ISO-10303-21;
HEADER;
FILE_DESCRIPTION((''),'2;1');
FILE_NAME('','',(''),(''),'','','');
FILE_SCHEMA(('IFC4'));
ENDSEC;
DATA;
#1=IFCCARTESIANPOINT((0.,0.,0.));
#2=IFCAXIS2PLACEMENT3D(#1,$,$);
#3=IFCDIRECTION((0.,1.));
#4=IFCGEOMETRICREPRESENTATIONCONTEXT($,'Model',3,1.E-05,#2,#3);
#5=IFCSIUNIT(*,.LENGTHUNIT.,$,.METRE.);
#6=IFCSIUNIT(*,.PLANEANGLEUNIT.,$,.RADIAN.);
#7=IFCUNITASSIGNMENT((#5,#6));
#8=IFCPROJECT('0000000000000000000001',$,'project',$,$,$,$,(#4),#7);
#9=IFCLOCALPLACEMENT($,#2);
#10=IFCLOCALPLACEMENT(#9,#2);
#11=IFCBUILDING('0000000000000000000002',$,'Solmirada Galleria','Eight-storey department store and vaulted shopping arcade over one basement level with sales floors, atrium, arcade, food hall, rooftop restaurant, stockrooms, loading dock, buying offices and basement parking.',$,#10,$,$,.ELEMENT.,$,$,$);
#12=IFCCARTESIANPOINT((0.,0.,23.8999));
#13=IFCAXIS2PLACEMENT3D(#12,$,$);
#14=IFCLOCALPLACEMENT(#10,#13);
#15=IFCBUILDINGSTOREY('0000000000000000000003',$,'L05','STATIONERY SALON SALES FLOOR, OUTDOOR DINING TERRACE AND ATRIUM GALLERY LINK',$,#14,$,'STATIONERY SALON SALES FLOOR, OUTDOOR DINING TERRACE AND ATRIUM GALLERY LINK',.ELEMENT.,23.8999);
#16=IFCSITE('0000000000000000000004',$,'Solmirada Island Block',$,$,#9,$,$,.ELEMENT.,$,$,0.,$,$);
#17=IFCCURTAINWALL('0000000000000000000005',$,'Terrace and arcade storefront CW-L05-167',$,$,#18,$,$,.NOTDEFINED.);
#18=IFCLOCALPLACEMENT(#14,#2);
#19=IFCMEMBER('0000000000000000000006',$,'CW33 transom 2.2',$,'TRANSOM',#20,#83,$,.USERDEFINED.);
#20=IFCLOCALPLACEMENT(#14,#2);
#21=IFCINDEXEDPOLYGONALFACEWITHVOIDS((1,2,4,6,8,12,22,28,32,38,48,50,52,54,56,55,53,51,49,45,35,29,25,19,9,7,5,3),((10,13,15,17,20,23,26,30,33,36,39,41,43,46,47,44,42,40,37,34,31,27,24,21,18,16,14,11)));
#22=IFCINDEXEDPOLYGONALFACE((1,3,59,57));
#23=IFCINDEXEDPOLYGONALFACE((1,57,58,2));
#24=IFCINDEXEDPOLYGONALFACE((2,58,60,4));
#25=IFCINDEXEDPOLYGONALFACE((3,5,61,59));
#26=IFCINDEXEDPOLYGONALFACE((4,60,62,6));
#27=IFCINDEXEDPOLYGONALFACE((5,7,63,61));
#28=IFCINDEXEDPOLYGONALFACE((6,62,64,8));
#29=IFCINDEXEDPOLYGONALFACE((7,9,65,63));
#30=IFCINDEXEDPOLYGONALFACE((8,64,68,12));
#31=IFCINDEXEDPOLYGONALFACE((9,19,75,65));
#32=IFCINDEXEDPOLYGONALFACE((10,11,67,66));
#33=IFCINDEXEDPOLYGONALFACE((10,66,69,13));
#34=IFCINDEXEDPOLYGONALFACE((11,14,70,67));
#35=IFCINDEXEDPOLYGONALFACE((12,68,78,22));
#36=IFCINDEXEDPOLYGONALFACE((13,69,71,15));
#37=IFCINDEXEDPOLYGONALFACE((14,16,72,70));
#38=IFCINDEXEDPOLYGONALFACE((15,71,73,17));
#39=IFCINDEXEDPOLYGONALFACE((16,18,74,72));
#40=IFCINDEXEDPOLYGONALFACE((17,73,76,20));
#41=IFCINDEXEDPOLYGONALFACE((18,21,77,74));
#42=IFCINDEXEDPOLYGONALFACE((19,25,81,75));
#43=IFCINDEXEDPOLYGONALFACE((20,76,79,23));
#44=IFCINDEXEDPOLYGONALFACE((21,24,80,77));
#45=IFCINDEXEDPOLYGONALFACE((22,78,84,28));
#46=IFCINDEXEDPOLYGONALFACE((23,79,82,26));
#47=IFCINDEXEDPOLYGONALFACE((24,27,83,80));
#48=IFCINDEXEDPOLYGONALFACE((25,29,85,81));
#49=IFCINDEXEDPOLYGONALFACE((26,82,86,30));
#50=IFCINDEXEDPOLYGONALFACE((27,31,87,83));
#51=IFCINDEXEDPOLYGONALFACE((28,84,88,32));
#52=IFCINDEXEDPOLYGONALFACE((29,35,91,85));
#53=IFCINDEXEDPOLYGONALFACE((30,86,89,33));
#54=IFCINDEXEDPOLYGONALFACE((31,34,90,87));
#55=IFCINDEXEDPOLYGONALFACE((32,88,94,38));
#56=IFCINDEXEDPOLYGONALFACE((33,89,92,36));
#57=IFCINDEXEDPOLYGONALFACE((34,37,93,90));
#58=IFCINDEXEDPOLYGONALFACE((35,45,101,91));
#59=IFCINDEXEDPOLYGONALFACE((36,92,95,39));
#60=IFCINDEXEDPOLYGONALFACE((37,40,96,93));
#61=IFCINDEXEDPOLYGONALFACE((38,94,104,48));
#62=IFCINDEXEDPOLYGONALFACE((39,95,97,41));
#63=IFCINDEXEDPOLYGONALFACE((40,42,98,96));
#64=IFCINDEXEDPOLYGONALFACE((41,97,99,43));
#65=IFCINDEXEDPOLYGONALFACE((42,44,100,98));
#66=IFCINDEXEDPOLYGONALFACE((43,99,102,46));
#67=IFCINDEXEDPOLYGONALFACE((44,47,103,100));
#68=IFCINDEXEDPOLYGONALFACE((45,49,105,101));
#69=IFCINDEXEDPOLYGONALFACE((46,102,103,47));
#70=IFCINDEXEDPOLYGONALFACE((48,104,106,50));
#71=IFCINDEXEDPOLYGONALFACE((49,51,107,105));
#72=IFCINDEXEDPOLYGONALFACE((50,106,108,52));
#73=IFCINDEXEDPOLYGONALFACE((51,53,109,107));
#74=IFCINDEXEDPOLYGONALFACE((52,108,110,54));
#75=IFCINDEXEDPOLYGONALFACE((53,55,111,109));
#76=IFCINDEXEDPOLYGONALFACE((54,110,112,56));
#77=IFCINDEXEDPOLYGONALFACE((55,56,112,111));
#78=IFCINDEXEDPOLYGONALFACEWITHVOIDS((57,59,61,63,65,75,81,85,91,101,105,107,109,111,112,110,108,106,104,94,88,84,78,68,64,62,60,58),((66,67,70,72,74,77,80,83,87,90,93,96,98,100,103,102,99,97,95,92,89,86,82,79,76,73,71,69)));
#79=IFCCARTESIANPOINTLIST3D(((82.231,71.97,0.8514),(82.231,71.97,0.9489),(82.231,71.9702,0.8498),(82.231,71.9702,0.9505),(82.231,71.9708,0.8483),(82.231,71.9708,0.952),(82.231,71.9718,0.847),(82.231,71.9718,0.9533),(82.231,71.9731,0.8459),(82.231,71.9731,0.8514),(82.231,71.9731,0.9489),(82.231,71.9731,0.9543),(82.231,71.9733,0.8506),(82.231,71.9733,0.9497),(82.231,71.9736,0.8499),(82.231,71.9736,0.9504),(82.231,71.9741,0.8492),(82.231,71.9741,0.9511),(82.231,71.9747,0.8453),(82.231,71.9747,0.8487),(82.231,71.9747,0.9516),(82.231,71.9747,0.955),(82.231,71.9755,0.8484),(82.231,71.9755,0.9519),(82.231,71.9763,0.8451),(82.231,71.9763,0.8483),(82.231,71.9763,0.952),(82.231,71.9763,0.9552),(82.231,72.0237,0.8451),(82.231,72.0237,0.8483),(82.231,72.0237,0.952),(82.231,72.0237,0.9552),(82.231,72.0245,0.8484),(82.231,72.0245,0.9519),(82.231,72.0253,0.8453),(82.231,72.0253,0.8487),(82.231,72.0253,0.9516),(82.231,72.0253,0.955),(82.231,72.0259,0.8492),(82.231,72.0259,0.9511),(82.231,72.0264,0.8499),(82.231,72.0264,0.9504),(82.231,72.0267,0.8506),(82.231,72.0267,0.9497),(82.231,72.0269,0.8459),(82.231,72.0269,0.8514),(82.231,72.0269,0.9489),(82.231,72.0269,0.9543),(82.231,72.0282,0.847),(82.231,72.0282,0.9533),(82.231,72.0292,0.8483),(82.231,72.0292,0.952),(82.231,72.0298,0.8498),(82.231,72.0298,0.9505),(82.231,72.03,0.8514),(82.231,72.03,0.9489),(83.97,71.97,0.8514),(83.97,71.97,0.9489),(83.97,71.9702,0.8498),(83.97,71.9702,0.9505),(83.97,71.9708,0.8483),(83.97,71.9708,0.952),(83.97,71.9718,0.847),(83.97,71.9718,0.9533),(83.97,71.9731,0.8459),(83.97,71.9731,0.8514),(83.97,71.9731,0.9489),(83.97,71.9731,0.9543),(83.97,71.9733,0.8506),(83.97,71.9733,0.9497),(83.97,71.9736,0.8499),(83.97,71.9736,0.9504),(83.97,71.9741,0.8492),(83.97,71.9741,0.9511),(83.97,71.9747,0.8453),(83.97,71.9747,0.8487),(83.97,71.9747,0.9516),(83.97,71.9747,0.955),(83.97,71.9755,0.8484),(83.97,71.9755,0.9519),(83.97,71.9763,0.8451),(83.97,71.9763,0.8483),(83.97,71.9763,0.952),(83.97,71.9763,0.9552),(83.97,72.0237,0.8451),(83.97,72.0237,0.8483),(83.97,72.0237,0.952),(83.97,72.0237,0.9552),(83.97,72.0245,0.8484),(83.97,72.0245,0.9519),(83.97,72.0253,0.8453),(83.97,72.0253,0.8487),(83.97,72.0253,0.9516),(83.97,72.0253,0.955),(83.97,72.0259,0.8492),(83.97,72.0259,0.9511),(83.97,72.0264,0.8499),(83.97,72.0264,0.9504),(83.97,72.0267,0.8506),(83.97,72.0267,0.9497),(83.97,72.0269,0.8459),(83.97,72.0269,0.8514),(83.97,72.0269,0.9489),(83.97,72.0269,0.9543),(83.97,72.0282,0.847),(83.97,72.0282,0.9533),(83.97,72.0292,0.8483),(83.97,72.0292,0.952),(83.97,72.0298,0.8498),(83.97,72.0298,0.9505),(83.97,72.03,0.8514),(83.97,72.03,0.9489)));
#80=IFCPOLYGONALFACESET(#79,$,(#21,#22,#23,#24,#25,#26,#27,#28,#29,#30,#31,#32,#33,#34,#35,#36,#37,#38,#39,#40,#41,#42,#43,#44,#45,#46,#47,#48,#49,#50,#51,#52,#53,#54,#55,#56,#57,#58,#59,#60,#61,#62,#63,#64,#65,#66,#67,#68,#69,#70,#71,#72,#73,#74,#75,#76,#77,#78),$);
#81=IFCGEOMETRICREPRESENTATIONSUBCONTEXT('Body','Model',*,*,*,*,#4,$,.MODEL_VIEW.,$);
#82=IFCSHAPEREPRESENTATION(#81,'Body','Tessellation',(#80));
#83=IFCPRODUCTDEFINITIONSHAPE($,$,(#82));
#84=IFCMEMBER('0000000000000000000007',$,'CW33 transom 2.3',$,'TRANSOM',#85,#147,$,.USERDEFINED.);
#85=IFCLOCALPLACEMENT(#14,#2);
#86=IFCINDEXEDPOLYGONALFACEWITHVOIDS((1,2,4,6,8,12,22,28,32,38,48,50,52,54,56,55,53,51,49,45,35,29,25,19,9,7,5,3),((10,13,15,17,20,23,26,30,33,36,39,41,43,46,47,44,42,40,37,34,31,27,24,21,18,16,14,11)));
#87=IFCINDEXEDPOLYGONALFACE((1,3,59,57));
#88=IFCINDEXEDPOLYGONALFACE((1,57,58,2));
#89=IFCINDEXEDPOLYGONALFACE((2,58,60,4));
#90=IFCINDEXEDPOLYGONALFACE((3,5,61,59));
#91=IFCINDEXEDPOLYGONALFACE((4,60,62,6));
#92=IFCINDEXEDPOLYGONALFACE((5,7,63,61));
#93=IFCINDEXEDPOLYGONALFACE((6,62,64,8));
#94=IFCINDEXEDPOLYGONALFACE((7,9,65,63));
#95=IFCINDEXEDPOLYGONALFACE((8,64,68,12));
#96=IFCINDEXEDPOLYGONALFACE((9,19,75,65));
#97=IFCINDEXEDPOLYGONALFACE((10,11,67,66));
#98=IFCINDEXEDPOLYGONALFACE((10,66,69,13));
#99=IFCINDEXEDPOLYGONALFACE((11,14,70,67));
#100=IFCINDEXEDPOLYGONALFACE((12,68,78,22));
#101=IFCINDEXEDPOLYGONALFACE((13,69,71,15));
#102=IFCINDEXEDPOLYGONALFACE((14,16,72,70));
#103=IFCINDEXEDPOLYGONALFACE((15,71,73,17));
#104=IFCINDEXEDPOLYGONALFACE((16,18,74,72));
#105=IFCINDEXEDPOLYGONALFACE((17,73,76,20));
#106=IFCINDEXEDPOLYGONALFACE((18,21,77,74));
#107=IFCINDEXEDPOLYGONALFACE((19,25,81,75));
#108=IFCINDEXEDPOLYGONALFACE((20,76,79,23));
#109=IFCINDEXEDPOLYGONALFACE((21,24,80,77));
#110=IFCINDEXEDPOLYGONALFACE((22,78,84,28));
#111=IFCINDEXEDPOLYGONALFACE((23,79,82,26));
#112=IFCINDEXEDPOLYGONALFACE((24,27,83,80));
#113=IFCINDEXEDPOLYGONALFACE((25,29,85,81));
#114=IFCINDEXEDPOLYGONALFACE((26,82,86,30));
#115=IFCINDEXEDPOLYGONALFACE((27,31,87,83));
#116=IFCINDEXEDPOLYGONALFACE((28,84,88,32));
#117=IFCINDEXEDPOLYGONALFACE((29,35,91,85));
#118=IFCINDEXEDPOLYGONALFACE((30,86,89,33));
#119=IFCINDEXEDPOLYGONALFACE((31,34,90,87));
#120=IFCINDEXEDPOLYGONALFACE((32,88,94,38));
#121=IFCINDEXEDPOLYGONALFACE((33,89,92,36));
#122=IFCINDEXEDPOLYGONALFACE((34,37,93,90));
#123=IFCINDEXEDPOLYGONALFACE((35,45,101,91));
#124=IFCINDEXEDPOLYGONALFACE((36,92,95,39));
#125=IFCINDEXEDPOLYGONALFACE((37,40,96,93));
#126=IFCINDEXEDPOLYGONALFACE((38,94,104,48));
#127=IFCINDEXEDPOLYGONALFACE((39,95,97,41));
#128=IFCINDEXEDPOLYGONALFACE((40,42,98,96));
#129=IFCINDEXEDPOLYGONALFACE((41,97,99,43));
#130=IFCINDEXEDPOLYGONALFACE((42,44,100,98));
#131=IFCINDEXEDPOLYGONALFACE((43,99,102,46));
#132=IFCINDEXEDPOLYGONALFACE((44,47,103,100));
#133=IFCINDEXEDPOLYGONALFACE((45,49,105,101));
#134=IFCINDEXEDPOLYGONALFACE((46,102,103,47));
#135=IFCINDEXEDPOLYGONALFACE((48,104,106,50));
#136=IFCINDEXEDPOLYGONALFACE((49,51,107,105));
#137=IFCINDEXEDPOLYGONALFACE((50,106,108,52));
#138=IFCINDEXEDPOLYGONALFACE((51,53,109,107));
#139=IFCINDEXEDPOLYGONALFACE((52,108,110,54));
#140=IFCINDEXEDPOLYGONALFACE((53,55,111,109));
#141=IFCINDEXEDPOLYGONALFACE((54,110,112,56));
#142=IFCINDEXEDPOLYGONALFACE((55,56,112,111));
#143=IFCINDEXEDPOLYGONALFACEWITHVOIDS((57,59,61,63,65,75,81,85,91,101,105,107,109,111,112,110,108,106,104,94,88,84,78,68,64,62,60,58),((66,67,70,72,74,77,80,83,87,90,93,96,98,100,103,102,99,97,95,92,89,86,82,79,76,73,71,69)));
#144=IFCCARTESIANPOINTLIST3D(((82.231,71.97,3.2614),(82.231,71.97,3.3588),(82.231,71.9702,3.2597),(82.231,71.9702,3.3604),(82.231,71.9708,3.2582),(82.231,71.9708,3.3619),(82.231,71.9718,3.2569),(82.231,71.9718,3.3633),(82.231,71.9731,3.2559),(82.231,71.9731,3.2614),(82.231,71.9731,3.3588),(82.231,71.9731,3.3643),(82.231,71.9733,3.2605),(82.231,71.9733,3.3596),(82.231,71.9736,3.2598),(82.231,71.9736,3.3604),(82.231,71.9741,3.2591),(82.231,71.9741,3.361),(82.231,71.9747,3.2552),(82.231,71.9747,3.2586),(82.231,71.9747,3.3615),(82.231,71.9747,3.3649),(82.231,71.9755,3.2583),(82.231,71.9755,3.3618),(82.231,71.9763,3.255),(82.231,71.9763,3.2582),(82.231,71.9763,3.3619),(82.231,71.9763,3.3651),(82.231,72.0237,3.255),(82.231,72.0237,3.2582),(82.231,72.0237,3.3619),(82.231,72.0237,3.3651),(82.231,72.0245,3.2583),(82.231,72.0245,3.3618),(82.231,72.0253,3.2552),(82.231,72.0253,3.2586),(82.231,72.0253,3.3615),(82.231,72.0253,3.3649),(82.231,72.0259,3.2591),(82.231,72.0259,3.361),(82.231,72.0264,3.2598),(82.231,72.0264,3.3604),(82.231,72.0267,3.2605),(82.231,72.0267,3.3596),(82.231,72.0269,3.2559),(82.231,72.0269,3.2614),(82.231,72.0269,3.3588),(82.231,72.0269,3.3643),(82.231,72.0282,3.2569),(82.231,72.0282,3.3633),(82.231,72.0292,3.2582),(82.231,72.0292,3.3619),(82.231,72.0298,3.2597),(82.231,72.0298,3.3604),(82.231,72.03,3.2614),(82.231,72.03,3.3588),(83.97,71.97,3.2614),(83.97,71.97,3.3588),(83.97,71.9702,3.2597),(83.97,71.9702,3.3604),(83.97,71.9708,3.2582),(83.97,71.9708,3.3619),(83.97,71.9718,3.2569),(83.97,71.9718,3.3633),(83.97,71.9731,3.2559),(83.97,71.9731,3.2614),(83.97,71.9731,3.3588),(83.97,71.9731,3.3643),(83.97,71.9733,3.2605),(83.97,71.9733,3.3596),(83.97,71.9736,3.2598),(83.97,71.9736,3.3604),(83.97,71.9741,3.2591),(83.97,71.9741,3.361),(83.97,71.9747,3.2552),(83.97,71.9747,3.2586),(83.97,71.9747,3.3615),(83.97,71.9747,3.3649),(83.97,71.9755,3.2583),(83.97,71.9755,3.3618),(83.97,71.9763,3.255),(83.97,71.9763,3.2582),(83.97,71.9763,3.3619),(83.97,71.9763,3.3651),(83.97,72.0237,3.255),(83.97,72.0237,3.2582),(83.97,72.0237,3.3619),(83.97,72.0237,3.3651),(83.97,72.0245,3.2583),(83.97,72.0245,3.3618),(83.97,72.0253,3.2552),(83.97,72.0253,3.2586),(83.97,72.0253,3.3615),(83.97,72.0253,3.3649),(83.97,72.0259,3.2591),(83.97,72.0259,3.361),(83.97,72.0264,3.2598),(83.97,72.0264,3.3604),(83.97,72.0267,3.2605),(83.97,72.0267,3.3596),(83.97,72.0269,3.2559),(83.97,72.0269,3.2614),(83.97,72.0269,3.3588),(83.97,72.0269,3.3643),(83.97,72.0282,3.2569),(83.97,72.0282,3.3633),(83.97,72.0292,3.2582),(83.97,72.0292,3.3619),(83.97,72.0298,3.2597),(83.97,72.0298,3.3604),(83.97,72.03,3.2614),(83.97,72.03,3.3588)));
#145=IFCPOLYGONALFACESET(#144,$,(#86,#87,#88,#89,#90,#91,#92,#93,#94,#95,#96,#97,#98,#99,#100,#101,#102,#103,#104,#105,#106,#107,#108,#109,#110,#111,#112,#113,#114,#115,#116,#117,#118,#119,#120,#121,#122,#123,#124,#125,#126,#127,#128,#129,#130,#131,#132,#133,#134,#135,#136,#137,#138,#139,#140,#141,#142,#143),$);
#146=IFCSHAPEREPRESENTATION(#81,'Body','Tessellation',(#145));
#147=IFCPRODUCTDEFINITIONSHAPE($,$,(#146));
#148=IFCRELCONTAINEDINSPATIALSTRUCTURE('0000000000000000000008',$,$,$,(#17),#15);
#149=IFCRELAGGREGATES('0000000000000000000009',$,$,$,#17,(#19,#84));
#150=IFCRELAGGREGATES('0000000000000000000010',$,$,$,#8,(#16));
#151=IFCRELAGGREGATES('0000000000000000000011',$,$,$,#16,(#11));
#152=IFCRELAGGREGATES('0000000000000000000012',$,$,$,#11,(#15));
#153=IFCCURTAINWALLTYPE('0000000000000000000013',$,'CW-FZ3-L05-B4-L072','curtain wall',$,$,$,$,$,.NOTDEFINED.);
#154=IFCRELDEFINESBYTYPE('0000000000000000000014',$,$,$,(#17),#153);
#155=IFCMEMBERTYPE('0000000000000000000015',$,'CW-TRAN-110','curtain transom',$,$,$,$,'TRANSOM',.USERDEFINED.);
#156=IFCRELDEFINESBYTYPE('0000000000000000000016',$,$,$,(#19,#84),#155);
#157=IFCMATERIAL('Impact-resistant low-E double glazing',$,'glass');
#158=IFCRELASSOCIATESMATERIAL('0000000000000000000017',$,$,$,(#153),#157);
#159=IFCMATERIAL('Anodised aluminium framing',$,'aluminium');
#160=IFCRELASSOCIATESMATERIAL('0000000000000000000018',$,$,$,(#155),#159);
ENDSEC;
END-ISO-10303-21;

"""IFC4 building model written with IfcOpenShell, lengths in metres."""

from ifc_helpers import new_model, si_unit, direction, frame, origin, origin_2d, place, context, subcontext, project, spatial, hollow_rectangle, extrude, material, material_profile, profile_set, type_object, element, aggregate, save


model = new_model("IFC4")

# Units and contexts
model_context = context("Model", 3, precision=1e-05, world=origin(), true_north=direction((0.0, 1.0)))
body_context = subcontext(model_context, "Body", "Model", "MODEL_VIEW")
ifc_project = project(units=[si_unit("LENGTHUNIT", "METRE"), si_unit("PLANEANGLEUNIT", "RADIAN")], contexts=[model_context])

# Site, building, storey
site_placement = place(None, origin())
site = spatial("IfcSite", under=ifc_project, at=site_placement, Name="Solmirada Island Block", CompositionType="ELEMENT", RefElevation=0.0)
building_placement = place(site_placement, origin())
building = spatial("IfcBuilding", under=site, at=building_placement, Name="Solmirada Galleria", Description="Eight-storey department store and vaulted shopping arcade over one basement level with sales floors, atrium, arcade, food hall, rooftop restaurant, stockrooms, loading dock, buying offices and basement parking.", CompositionType="ELEMENT")
storey_placement = place(building_placement, frame((0.0, 0.0, 23.8999)))
storey = spatial("IfcBuildingStorey", under=building, at=storey_placement, Name="L05", Description="STATIONERY SALON SALES FLOOR, OUTDOOR DINING TERRACE AND ATRIUM GALLERY LINK", LongName="STATIONERY SALON SALES FLOOR, OUTDOOR DINING TERRACE AND ATRIUM GALLERY LINK", CompositionType="ELEMENT", Elevation=23.8999)

# Curtain wall, members
ifc_material_1 = material(Name="Impact-resistant low-E double glazing", Category="glass")
curtain_wall_type = type_object("IfcCurtainWallType", Name="CW-FZ3-L05-B4-L072", Description="curtain wall", PredefinedType="NOTDEFINED", material=ifc_material_1)
curtain_wall_placement = place(storey_placement, origin())
curtain_wall = element("IfcCurtainWall", 1, at=curtain_wall_placement, inside=storey, type_object=curtain_wall_type, Name="Terrace and arcade storefront CW-L05-167", PredefinedType="NOTDEFINED")
ifc_material_2 = material(Name="Anodised aluminium framing", Category="aluminium")
ifc_material_profile_1 = material_profile(ifc_material_2, hollow_rectangle(XDim=0.0601, YDim=0.1101, WallThickness=0.0032, InnerFilletRadius=0.0032, OuterFilletRadius=0.0063, at=origin_2d()), Name="ALU-TRAN-110X60")
ifc_profile_set_1 = profile_set([ifc_material_profile_1], Name="Anodised aluminium framing")
member_type_1 = type_object("IfcMemberType", Name="CW-TRAN-110", Description="curtain transom", ElementType="TRANSOM", PredefinedType="USERDEFINED", material=ifc_profile_set_1)
member_1_placement = place(storey_placement, frame((82.231, 72.0, 0.9001), z_axis=(1.0, 0.0, 0.0), x_axis=(0.0, 1.0, 0.0)))
member_1 = element("IfcMember", 2, at=member_1_placement, type_object=member_type_1, Name="CW33 transom 2.2", ObjectType="TRANSOM", PredefinedType="USERDEFINED", context=body_context, shape_type="SweptSolid", body=[
    extrude(hollow_rectangle(XDim=0.0601, YDim=0.1101, WallThickness=0.0032, InnerFilletRadius=0.0032, OuterFilletRadius=0.0063, at=origin_2d()), origin(), (0.0, 0.0, 1.0), 1.739),
])
member_2_placement = place(storey_placement, frame((82.231, 72.0, 3.3101), z_axis=(1.0, 0.0, 0.0), x_axis=(0.0, 1.0, 0.0)))
member_2 = element("IfcMember", 3, at=member_2_placement, type_object=member_type_1, Name="CW33 transom 2.3", ObjectType="TRANSOM", PredefinedType="USERDEFINED", context=body_context, shape_type="SweptSolid", body=[
    extrude(hollow_rectangle(XDim=0.0601, YDim=0.1101, WallThickness=0.0032, InnerFilletRadius=0.0032, OuterFilletRadius=0.0063, at=origin_2d()), origin(), (0.0, 0.0, 1.0), 1.739),
])
aggregate(curtain_wall, [member_1, member_2])

save(model, "model.ifc")
